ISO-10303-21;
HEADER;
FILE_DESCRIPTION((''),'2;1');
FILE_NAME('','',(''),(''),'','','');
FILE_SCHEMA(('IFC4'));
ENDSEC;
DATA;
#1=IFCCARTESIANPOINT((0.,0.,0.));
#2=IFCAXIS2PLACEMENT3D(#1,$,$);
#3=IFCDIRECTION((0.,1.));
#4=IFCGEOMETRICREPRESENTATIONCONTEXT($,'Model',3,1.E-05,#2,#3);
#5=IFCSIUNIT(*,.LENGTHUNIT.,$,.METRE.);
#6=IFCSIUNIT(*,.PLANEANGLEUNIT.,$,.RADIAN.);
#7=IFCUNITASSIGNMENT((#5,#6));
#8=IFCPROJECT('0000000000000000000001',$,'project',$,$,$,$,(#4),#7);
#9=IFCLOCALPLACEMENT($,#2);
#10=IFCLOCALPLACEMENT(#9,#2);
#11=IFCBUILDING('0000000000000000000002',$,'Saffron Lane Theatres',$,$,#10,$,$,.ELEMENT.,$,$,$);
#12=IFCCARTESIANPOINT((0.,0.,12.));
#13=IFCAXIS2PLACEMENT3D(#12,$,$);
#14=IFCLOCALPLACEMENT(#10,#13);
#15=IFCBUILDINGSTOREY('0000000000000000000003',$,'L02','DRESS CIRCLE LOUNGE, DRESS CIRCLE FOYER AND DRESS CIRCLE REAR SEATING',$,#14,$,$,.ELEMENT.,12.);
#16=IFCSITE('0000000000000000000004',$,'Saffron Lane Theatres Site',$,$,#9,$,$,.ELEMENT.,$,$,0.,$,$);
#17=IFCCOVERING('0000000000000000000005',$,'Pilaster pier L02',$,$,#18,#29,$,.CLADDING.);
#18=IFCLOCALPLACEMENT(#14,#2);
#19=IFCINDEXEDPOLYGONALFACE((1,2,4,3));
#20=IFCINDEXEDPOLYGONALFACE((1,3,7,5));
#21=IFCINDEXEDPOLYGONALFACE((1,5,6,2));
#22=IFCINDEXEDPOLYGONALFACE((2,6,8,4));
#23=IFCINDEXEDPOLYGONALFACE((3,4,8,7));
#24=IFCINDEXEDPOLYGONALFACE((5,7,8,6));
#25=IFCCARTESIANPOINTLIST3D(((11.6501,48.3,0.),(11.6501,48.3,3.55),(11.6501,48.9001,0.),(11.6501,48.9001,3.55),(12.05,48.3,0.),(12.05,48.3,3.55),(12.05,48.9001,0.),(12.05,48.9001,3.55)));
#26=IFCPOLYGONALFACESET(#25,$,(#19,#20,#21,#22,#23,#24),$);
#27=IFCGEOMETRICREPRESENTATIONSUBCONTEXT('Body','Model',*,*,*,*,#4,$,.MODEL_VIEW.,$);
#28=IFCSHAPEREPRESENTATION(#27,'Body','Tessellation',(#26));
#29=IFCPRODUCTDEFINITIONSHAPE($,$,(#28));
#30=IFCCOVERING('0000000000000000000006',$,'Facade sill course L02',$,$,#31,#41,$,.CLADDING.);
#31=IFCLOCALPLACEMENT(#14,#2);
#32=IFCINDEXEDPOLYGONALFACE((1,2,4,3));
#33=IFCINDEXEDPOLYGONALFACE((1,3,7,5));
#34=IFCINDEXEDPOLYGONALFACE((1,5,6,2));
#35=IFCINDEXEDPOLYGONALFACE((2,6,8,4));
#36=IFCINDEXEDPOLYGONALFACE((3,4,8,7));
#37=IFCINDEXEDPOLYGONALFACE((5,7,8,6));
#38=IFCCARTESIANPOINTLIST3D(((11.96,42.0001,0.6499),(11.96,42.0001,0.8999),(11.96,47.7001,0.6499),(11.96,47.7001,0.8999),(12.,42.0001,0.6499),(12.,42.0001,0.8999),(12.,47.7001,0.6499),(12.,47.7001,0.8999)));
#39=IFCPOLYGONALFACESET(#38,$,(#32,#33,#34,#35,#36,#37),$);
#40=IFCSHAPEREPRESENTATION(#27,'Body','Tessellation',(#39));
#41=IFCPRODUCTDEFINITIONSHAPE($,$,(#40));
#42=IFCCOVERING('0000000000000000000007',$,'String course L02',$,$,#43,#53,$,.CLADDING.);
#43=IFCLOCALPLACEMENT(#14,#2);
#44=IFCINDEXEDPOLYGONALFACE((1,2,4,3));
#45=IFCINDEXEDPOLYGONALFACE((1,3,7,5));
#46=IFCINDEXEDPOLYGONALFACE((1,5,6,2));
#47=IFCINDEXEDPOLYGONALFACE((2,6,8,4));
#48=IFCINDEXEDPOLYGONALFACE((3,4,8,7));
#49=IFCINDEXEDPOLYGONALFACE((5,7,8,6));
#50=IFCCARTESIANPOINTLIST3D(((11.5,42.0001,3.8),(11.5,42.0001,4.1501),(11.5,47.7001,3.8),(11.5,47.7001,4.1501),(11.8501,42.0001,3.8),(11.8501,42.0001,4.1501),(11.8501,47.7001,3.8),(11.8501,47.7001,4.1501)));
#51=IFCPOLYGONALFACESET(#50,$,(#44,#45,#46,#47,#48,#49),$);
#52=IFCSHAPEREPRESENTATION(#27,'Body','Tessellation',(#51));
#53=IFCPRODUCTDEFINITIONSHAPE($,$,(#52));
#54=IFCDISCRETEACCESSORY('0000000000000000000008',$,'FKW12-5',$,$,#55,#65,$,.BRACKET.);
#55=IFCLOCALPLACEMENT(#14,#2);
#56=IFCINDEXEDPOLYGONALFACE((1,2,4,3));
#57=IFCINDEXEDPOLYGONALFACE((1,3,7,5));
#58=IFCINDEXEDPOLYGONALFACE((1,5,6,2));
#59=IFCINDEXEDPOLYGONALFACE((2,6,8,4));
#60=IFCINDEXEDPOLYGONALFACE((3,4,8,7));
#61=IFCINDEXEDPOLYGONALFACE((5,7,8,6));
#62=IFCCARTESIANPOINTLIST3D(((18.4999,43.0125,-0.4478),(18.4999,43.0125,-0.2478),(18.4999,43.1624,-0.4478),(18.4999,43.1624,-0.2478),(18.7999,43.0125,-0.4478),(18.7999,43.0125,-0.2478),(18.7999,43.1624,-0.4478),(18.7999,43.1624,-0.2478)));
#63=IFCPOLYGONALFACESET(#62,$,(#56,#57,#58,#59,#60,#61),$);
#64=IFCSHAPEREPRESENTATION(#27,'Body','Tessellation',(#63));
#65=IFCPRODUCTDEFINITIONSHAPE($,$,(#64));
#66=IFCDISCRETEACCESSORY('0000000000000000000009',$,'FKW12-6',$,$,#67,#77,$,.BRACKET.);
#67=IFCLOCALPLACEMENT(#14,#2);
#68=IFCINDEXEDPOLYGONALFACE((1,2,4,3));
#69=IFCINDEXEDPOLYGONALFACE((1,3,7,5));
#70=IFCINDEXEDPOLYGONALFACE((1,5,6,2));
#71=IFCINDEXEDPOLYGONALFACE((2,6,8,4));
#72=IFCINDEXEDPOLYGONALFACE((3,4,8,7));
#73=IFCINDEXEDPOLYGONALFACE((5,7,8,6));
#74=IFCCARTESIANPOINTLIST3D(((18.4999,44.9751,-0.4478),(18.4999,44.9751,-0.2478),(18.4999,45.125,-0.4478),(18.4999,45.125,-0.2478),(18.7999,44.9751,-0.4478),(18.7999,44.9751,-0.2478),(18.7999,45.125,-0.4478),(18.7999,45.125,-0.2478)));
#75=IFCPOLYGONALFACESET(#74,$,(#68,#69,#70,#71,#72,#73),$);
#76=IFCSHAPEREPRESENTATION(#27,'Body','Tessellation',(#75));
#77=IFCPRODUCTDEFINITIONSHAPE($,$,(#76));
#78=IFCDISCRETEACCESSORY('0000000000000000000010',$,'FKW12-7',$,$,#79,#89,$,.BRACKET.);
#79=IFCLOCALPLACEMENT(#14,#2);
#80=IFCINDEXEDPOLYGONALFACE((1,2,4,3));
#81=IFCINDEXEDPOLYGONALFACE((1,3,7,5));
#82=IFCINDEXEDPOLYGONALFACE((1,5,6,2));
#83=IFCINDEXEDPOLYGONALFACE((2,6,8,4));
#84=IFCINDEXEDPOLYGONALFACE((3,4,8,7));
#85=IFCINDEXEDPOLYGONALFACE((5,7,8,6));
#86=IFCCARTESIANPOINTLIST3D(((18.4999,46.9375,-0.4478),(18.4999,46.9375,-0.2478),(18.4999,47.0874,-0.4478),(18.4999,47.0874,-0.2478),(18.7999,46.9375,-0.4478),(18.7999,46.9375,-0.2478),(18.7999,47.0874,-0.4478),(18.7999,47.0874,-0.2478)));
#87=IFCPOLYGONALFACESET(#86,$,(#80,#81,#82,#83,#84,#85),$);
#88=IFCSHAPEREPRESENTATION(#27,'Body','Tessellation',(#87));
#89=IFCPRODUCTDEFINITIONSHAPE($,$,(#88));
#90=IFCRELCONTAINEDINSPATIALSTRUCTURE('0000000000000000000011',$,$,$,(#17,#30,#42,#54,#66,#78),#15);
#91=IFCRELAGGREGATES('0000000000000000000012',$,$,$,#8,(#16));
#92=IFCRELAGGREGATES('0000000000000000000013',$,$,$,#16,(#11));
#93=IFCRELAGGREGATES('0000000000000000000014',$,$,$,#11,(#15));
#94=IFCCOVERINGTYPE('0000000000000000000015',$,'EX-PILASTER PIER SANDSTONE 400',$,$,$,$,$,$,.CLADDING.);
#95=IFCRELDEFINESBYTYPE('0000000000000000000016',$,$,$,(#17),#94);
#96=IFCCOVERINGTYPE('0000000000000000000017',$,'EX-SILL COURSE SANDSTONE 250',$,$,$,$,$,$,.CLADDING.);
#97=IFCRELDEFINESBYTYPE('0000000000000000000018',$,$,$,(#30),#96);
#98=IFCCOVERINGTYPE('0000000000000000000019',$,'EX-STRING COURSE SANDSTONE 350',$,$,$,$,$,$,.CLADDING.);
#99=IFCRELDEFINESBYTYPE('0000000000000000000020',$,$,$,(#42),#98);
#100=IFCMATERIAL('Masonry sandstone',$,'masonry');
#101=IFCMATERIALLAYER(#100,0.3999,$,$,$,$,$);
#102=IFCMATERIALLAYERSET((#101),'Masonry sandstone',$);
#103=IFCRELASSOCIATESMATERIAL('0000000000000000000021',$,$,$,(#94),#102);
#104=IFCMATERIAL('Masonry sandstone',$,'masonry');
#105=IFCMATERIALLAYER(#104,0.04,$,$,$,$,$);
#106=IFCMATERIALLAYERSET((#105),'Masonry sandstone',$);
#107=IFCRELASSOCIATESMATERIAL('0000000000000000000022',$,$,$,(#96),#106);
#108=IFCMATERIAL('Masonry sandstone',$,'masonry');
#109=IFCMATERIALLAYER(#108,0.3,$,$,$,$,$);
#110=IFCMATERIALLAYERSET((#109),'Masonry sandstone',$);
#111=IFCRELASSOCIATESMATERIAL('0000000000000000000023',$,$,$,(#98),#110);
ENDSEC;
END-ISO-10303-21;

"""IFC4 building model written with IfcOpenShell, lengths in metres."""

from ifc_helpers import new_model, si_unit, direction, frame, origin, origin_2d, place, context, subcontext, project, spatial, rectangle, extrude, material, layer, layer_set, type_object, element, save


model = new_model("IFC4")

# Units and contexts
model_context = context("Model", 3, precision=1e-05, world=origin(), true_north=direction((0.0, 1.0)))
body_context = subcontext(model_context, "Body", "Model", "MODEL_VIEW")
ifc_project = project(units=[si_unit("LENGTHUNIT", "METRE"), si_unit("PLANEANGLEUNIT", "RADIAN")], contexts=[model_context])

# Site, building, storey
site_placement = place(None, origin())
site = spatial("IfcSite", under=ifc_project, at=site_placement, Name="Saffron Lane Theatres Site", CompositionType="ELEMENT", RefElevation=0.0)
building_placement = place(site_placement, origin())
building = spatial("IfcBuilding", under=site, at=building_placement, Name="Saffron Lane Theatres", CompositionType="ELEMENT")
storey_placement = place(building_placement, frame((0.0, 0.0, 12.0)))
storey = spatial("IfcBuildingStorey", under=building, at=storey_placement, Name="L02", Description="DRESS CIRCLE LOUNGE, DRESS CIRCLE FOYER AND DRESS CIRCLE REAR SEATING", CompositionType="ELEMENT", Elevation=12.0)

# Coverings
ifc_material_1 = material(Name="Masonry sandstone", Category="masonry")
ifc_layer_1 = layer(ifc_material_1, 0.3999)
ifc_layer_set_1 = layer_set([ifc_layer_1], Name="Masonry sandstone")
covering_type_1 = type_object("IfcCoveringType", Name="EX-PILASTER PIER SANDSTONE 400", PredefinedType="CLADDING", material=ifc_layer_set_1)
for number, where, z_axis, x_axis, name in (
    (1, (11.8501, 48.6001, 0.0), (0.0, 0.0, 1.0), (0.0, 1.0, 0.0), "Pilaster pier L02"),
):
    element("IfcCovering", number, at=place(storey_placement, frame(where, z_axis=z_axis, x_axis=x_axis)), inside=storey, type_object=covering_type_1, Name=name, PredefinedType="CLADDING", context=body_context, shape_type="SweptSolid", body=[
        extrude(rectangle(XDim=0.6001, YDim=0.3999, at=origin_2d()), origin(), (0.0, 0.0, 1.0), 3.55),
    ])
ifc_material_2 = material(Name="Masonry sandstone", Category="masonry")
ifc_layer_2 = layer(ifc_material_2, 0.04)
ifc_layer_set_2 = layer_set([ifc_layer_2], Name="Masonry sandstone")
covering_type_2 = type_object("IfcCoveringType", Name="EX-SILL COURSE SANDSTONE 250", PredefinedType="CLADDING", material=ifc_layer_set_2)
covering_1_placement = place(storey_placement, frame((11.98, 44.8501, 0.6499), z_axis=(0.0, 0.0, 1.0), x_axis=(0.0, 1.0, 0.0)))
element("IfcCovering", 2, at=covering_1_placement, inside=storey, type_object=covering_type_2, Name="Facade sill course L02", PredefinedType="CLADDING", context=body_context, shape_type="SweptSolid", body=[
    extrude(rectangle(XDim=5.7, YDim=0.04, at=origin_2d()), origin(), (0.0, 0.0, 1.0), 0.25),
])
ifc_material_3 = material(Name="Masonry sandstone", Category="masonry")
ifc_layer_3 = layer(ifc_material_3, 0.3)
ifc_layer_set_3 = layer_set([ifc_layer_3], Name="Masonry sandstone")
covering_type_3 = type_object("IfcCoveringType", Name="EX-STRING COURSE SANDSTONE 350", PredefinedType="CLADDING", material=ifc_layer_set_3)
covering_2_placement = place(storey_placement, frame((11.675, 44.8501, 3.8), z_axis=(0.0, 0.0, 1.0), x_axis=(0.0, 1.0, 0.0)))
element("IfcCovering", 3, at=covering_2_placement, inside=storey, type_object=covering_type_3, Name="String course L02", PredefinedType="CLADDING", context=body_context, shape_type="SweptSolid", body=[
    extrude(rectangle(XDim=5.7, YDim=0.3501, at=origin_2d()), origin(), (0.0, 0.0, 1.0), 0.3501),
])

# Discrete accessories
for number, where, z_axis, x_axis, name in (
    (4, (18.6499, 43.0874, -0.4478), (0.0, 0.0, 1.0), (1.0, 0.0, 0.0), "FKW12-5"),
    (5, (18.6499, 45.05, -0.4478), (0.0, 0.0, 1.0), (1.0, 0.0, 0.0), "FKW12-6"),
    (6, (18.6499, 47.0125, -0.4478), (0.0, 0.0, 1.0), (1.0, 0.0, 0.0), "FKW12-7"),
):
    element("IfcDiscreteAccessory", number, at=place(storey_placement, frame(where, z_axis=z_axis, x_axis=x_axis)), inside=storey, Name=name, PredefinedType="BRACKET", context=body_context, shape_type="SweptSolid", body=[
        extrude(rectangle(XDim=0.3, YDim=0.1499, at=origin_2d()), origin(), (0.0, 0.0, 1.0), 0.2),
    ])

save(model, "model.ifc")
